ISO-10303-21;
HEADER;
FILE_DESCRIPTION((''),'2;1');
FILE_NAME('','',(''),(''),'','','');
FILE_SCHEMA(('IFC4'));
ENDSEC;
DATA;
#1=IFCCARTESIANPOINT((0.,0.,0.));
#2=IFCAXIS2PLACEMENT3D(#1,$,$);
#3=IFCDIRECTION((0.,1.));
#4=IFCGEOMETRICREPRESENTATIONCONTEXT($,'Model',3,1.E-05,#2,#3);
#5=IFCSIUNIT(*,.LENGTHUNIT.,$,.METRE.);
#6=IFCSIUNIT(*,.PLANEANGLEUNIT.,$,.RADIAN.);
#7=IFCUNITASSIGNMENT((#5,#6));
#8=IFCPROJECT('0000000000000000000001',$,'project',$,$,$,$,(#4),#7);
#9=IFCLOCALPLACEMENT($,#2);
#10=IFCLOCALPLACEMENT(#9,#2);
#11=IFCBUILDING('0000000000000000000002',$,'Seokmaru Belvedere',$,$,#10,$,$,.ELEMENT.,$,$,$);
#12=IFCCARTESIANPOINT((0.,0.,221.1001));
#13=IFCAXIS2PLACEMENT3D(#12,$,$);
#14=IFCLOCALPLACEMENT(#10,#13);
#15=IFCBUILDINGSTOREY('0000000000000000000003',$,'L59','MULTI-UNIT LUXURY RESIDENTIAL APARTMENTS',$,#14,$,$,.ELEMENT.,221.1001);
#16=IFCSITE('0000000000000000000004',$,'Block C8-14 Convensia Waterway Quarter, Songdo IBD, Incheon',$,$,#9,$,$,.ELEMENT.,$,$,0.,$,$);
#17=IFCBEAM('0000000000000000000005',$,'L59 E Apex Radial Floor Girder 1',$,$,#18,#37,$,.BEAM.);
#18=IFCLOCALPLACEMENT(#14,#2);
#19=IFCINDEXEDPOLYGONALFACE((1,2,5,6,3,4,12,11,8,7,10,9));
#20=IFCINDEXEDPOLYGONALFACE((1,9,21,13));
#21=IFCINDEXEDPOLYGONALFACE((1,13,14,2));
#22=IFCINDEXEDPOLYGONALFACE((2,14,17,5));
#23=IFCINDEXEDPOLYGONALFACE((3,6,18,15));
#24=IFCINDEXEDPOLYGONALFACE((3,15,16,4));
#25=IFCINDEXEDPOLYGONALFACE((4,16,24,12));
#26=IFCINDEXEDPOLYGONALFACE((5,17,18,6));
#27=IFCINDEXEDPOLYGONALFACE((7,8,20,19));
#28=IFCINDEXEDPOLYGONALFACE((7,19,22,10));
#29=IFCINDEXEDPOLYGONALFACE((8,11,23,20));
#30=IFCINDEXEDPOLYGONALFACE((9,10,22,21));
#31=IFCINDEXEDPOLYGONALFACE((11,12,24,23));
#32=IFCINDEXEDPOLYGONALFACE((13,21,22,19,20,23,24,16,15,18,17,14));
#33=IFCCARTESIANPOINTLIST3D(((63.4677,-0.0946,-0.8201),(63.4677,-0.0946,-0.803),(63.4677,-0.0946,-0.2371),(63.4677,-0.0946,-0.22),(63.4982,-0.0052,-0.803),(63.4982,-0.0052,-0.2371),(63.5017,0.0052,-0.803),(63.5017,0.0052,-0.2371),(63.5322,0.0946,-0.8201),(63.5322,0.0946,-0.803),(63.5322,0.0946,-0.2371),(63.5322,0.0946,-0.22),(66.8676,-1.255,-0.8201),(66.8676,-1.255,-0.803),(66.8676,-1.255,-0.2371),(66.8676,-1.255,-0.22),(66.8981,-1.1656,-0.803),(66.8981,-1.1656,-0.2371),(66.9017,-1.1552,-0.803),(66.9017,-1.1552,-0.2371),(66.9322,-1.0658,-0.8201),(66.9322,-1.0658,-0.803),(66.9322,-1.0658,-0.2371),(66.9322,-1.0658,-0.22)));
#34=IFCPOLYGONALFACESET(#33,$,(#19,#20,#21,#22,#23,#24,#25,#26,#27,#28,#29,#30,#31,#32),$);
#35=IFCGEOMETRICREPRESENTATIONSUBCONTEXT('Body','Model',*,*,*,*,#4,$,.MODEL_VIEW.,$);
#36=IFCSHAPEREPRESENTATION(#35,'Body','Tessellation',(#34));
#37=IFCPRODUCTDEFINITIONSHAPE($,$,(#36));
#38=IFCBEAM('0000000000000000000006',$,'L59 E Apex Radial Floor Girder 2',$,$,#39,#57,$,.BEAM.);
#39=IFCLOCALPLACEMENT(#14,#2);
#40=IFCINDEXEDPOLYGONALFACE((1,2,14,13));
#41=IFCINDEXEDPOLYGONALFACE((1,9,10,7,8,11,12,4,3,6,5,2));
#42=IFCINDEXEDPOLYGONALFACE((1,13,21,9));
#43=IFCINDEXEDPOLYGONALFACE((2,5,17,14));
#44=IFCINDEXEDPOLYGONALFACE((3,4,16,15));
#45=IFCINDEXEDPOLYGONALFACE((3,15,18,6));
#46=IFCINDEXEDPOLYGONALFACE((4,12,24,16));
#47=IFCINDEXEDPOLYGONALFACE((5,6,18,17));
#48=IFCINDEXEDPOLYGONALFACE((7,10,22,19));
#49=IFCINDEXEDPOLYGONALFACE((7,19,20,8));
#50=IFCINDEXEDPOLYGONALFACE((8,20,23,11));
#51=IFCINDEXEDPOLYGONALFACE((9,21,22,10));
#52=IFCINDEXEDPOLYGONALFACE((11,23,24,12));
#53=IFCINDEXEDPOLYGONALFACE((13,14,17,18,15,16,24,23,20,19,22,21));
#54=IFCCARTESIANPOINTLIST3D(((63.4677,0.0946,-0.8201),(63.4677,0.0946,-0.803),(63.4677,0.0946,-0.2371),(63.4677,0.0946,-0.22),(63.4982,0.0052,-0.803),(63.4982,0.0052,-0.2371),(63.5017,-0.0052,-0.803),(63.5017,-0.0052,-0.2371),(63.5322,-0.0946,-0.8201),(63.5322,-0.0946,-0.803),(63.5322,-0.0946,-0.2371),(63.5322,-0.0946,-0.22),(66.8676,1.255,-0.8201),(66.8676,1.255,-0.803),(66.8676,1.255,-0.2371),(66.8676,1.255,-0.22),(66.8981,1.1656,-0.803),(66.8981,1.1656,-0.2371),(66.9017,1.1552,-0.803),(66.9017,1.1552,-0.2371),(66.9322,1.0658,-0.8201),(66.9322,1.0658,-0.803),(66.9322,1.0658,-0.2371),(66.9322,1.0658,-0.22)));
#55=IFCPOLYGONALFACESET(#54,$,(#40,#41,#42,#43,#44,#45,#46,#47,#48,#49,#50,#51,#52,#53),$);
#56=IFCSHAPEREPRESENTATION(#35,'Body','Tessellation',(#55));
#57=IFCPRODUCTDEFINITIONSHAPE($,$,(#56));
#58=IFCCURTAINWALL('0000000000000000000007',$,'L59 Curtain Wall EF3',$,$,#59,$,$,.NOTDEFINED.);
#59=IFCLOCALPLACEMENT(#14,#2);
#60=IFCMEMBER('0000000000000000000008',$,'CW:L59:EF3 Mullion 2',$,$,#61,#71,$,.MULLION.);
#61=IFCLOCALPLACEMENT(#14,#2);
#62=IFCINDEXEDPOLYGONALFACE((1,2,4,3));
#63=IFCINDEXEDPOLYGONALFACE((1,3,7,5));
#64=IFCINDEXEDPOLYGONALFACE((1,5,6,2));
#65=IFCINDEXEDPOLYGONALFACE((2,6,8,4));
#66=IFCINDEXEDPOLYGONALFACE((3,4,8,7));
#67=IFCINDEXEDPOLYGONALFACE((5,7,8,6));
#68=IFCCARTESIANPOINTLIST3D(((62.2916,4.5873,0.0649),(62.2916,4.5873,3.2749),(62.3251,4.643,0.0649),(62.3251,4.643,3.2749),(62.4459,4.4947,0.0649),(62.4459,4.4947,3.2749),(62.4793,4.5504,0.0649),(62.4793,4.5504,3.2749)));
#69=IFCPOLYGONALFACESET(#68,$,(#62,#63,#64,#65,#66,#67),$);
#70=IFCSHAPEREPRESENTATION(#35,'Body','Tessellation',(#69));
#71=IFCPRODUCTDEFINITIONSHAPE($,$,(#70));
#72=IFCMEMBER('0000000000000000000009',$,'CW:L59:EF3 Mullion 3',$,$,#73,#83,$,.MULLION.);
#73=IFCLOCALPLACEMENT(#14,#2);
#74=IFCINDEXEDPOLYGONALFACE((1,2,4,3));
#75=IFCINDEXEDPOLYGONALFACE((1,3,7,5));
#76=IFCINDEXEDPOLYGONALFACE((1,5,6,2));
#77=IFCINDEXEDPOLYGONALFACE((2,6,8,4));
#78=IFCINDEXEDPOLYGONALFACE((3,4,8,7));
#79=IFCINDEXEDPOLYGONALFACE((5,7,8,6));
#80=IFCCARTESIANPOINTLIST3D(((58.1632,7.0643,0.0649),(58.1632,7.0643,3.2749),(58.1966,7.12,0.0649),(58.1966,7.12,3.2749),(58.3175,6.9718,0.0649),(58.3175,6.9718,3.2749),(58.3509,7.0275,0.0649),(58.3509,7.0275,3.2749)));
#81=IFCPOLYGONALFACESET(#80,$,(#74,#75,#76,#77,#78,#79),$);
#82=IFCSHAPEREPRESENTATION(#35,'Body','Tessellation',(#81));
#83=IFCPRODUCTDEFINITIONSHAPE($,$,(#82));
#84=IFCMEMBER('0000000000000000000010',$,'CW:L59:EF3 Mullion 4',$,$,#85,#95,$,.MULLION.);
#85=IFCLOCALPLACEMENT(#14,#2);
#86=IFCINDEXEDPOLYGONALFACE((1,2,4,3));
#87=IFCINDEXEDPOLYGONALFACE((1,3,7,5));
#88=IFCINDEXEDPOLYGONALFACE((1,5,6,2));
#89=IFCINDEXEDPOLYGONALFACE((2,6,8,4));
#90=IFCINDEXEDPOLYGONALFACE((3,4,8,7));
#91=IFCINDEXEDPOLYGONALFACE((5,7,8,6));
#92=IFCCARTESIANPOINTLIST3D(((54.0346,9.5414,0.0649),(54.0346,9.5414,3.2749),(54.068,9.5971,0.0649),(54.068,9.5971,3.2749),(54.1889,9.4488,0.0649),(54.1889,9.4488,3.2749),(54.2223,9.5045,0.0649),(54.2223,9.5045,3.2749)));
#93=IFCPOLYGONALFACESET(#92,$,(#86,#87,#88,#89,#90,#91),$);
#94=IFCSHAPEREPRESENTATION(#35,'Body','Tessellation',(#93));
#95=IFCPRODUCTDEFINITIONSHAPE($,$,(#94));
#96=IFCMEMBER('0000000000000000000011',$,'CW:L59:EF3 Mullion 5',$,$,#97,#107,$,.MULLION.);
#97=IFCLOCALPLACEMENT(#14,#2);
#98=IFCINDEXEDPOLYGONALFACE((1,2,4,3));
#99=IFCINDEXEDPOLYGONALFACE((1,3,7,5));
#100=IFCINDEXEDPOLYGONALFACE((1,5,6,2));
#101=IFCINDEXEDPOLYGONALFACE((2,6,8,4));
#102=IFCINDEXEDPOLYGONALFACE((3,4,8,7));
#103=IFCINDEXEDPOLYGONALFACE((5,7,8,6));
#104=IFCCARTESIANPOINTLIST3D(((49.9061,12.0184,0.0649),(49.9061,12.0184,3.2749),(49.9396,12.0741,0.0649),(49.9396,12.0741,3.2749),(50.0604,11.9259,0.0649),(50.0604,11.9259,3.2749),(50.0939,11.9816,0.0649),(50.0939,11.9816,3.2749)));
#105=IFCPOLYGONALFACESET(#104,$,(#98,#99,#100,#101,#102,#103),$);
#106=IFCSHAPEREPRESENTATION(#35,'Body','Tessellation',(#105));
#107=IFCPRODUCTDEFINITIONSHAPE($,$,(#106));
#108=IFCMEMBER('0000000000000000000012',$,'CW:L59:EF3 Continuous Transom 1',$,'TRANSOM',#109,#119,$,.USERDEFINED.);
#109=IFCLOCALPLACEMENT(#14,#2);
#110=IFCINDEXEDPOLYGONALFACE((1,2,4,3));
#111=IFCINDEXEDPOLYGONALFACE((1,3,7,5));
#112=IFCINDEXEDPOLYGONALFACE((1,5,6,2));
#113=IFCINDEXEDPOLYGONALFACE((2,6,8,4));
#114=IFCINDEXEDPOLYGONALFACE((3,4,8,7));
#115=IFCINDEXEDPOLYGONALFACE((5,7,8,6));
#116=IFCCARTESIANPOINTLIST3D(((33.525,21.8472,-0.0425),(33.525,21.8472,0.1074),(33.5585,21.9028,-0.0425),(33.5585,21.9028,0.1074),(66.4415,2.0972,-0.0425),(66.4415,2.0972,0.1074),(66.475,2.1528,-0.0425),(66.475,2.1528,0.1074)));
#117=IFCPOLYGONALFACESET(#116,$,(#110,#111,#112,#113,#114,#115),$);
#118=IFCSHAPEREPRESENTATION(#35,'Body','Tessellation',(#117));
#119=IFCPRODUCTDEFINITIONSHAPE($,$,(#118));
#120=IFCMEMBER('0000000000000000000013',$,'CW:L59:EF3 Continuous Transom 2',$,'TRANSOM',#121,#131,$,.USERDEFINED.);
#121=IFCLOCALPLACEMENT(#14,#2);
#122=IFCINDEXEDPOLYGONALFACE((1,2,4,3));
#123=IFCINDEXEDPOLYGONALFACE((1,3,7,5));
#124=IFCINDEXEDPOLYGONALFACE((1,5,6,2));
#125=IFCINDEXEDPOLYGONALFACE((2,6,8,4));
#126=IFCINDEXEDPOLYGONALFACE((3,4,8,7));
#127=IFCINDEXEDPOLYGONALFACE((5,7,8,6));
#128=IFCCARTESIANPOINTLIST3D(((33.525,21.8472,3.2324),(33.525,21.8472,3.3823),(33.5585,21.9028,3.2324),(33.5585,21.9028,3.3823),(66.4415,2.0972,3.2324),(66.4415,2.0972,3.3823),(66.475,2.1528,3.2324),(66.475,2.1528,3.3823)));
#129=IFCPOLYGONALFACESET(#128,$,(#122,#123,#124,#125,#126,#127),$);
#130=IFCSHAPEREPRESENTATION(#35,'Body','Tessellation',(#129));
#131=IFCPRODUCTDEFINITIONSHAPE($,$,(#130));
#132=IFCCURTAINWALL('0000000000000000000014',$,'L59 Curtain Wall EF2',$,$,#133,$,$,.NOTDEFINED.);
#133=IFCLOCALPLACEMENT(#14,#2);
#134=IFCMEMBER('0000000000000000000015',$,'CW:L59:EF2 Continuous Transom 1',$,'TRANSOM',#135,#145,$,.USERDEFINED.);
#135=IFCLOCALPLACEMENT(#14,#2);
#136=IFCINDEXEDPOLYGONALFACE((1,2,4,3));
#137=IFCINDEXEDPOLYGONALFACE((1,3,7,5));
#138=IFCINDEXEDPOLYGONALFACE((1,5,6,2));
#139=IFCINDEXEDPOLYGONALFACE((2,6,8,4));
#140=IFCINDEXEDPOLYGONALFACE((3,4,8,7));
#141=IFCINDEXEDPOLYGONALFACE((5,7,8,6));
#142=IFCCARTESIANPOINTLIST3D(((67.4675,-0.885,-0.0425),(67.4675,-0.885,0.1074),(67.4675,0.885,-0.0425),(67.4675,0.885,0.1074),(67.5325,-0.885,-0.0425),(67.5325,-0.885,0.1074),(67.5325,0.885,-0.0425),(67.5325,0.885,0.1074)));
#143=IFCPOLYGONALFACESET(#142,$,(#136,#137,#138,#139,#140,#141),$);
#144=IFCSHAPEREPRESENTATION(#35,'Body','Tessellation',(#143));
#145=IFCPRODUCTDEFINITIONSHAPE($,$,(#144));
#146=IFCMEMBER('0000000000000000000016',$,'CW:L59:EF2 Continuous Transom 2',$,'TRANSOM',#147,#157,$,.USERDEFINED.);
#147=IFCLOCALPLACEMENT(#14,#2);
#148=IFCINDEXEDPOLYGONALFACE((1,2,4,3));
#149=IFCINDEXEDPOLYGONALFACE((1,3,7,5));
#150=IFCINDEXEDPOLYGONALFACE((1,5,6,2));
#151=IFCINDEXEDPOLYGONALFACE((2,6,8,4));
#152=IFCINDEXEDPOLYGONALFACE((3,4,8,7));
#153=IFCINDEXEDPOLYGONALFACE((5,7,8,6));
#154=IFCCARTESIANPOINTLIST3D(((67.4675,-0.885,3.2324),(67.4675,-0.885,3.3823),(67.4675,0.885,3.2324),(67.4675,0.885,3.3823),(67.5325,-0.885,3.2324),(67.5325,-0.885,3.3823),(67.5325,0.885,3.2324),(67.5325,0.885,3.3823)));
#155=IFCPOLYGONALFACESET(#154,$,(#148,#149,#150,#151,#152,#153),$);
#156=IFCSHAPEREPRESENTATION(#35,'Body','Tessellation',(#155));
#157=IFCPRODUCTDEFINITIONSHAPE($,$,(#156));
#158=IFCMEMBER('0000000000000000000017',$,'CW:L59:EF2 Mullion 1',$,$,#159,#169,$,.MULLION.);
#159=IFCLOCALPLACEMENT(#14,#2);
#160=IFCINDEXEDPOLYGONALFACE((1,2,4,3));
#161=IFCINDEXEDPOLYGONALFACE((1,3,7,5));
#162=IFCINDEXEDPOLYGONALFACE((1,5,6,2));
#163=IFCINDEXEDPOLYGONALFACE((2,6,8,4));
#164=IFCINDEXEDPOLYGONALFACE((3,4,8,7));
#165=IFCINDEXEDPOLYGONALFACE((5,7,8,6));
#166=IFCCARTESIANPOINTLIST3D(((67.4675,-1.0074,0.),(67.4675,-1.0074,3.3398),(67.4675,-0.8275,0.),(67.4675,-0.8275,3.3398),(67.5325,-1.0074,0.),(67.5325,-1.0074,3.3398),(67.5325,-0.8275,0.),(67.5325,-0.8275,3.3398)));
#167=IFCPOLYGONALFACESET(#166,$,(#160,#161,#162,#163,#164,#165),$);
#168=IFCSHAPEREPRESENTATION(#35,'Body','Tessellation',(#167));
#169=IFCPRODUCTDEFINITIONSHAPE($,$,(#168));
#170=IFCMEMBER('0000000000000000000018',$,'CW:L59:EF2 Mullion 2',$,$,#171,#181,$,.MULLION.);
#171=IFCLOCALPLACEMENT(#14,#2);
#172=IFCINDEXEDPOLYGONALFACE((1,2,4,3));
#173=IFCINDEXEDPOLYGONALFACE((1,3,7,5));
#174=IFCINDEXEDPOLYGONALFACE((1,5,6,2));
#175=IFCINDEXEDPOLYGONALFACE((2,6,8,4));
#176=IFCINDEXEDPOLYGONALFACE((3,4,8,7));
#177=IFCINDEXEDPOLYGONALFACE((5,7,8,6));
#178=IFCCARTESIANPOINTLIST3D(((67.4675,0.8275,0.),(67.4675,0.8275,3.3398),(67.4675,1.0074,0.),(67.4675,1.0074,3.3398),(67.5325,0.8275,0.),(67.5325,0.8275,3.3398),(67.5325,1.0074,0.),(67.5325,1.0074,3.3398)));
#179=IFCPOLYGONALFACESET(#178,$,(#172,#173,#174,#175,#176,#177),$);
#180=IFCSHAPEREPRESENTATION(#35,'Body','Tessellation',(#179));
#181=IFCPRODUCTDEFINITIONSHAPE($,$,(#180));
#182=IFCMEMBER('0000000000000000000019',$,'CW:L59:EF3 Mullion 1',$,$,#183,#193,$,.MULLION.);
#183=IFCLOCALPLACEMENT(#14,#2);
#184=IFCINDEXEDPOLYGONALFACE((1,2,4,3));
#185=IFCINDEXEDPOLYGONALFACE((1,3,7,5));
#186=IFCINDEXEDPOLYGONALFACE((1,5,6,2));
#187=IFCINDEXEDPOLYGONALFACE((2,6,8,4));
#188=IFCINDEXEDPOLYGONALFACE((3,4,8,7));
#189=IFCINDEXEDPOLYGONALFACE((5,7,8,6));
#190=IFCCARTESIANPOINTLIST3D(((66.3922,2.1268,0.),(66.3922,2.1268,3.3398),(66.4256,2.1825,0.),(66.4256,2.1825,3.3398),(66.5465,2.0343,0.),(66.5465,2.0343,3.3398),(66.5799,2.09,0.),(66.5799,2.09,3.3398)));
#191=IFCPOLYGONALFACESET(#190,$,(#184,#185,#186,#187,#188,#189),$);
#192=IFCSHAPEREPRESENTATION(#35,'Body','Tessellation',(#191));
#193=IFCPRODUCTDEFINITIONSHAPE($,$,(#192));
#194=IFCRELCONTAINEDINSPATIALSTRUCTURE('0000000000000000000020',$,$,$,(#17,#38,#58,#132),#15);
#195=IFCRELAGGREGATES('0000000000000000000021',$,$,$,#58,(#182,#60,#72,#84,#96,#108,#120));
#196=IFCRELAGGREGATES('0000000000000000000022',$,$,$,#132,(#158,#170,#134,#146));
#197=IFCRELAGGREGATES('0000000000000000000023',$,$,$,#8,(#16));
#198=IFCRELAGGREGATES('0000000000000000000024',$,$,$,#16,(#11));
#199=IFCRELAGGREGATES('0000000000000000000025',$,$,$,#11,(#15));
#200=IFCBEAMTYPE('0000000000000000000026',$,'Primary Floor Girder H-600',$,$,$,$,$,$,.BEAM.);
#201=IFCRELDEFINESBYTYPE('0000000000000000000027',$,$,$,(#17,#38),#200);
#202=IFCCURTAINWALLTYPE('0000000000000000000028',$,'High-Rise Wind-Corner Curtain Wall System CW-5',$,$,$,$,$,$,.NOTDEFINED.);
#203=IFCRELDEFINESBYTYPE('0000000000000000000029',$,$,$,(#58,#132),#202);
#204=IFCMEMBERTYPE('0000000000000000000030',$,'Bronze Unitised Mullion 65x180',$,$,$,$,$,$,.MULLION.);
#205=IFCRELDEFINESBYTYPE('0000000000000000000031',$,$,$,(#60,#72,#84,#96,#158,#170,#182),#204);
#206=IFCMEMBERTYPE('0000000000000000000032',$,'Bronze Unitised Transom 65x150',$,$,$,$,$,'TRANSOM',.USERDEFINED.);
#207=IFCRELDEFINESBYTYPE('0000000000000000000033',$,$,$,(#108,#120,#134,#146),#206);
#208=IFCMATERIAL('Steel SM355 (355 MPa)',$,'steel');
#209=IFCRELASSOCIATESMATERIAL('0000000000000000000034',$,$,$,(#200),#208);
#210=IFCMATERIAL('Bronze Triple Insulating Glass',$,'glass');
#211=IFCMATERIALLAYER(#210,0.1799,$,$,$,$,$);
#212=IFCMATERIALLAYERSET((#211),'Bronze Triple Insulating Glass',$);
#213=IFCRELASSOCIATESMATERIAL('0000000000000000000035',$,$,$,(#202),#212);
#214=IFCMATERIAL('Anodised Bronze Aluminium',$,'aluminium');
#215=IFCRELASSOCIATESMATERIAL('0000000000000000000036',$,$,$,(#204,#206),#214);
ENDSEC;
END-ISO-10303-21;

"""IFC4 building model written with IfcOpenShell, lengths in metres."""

from ifc_helpers import new_model, si_unit, direction, frame, origin, origin_2d, place, context, subcontext, project, spatial, rectangle, i_section, extrude, source, transform, mapped, material, layer, layer_set, material_profile, profile_set, type_object, type_shapes, element, aggregate, save


model = new_model("IFC4")

# Units and contexts
model_context = context("Model", 3, precision=1e-05, world=origin(), true_north=direction((0.0, 1.0)))
body_context = subcontext(model_context, "Body", "Model", "MODEL_VIEW")
ifc_project = project(units=[si_unit("LENGTHUNIT", "METRE"), si_unit("PLANEANGLEUNIT", "RADIAN")], contexts=[model_context])

# Site, building, storey
site_placement = place(None, origin())
site = spatial("IfcSite", under=ifc_project, at=site_placement, Name="Block C8-14 Convensia Waterway Quarter, Songdo IBD, Incheon", CompositionType="ELEMENT", RefElevation=0.0)
building_placement = place(site_placement, origin())
building = spatial("IfcBuilding", under=site, at=building_placement, Name="Seokmaru Belvedere", CompositionType="ELEMENT")
storey_placement = place(building_placement, frame((0.0, 0.0, 221.1001)))
storey = spatial("IfcBuildingStorey", under=building, at=storey_placement, Name="L59", Description="MULTI-UNIT LUXURY RESIDENTIAL APARTMENTS", CompositionType="ELEMENT", Elevation=221.1001)

# Shared definitions
ifc_material_1 = material(Name="Steel SM355 (355 MPa)", Category="steel")

# Beams
ifc_material_profile_1 = material_profile(ifc_material_1, i_section(OverallWidth=0.2, OverallDepth=0.6001, WebThickness=0.011, FlangeThickness=0.0171, at=origin_2d()), Name="H-600x200x11x17")
ifc_profile_set_1 = profile_set([ifc_material_profile_1], Name="Steel SM355 (355 MPa)")
beam_type_1 = type_object("IfcBeamType", Name="Primary Floor Girder H-600", PredefinedType="BEAM", material=ifc_profile_set_1)
shared_shape_1 = source(origin(), body_context, "Body", "SweptSolid", [
    extrude(i_section(OverallWidth=0.2, OverallDepth=0.6001, WebThickness=0.011, FlangeThickness=0.0171, at=origin_2d()), origin(), (0.0, 0.0, 1.0), 3.5925),
])
for number, where, z_axis, x_axis, name in (
    (1, (66.8999, -1.1604, -0.52), (-0.946396, 0.323009, 0.0), (-0.323009, -0.946396, 0.0), "L59 E Apex Radial Floor Girder 1"),
    (2, (66.8999, 1.1604, -0.52), (-0.946396, -0.323009, 0.0), (0.323009, -0.946396, 0.0), "L59 E Apex Radial Floor Girder 2"),
):
    element("IfcBeam", number, at=place(storey_placement, frame(where, z_axis=z_axis, x_axis=x_axis)), inside=storey, type_object=beam_type_1, Name=name, PredefinedType="BEAM", context=body_context, shape_type="MappedRepresentation", body=[
        mapped(shared_shape_1, transform((0.0, 0.0, 0.0), scale=1.0)),
    ])

# Curtain walls, members
ifc_material_2 = material(Name="Bronze Triple Insulating Glass", Category="glass")
ifc_layer_1 = layer(ifc_material_2, 0.1799)
ifc_layer_set_1 = layer_set([ifc_layer_1], Name="Bronze Triple Insulating Glass")
curtain_wall_type = type_object("IfcCurtainWallType", Name="High-Rise Wind-Corner Curtain Wall System CW-5", PredefinedType="NOTDEFINED", material=ifc_layer_set_1)
curtain_wall_1_placement = place(storey_placement, origin())
curtain_wall_1 = element("IfcCurtainWall", 3, at=curtain_wall_1_placement, inside=storey, type_object=curtain_wall_type, Name="L59 Curtain Wall EF3", PredefinedType="NOTDEFINED")
ifc_material_3 = material(Name="Anodised Bronze Aluminium", Category="aluminium")
ifc_material_profile_2 = material_profile(ifc_material_3, rectangle(XDim=0.0649, YDim=0.1799, at=origin_2d()), Name="CW-M-65x180")
ifc_profile_set_2 = profile_set([ifc_material_profile_2], Name="Anodised Bronze Aluminium")
member_type_1 = type_object("IfcMemberType", Name="Bronze Unitised Mullion 65x180", PredefinedType="MULLION", material=ifc_profile_set_2)
shared_shape_2 = source(origin(), body_context, "Body", "SweptSolid", [
    extrude(rectangle(XDim=0.0649, YDim=0.1799, at=origin_2d()), origin(), (0.0, 0.0, 1.0), 3.21),
])
member_1_placement = place(storey_placement, frame((62.3855, 4.5688, 0.0649), z_axis=(0.0, 0.0, 1.0), x_axis=(-0.514495, -0.857493, 0.0)))
member_1 = element("IfcMember", 4, at=member_1_placement, type_object=member_type_1, Name="CW:L59:EF3 Mullion 2", PredefinedType="MULLION", context=body_context, shape_type="MappedRepresentation", body=[
    mapped(shared_shape_2, transform((0.0, 0.0, 0.0), scale=1.0)),
])
member_2_placement = place(storey_placement, frame((58.2571, 7.0459, 0.0649), z_axis=(0.0, 0.0, 1.0), x_axis=(-0.514495, -0.857493, 0.0)))
member_2 = element("IfcMember", 5, at=member_2_placement, type_object=member_type_1, Name="CW:L59:EF3 Mullion 3", PredefinedType="MULLION", context=body_context, shape_type="MappedRepresentation", body=[
    mapped(shared_shape_2, transform((0.0, 0.0, 0.0), scale=1.0)),
])
member_3_placement = place(storey_placement, frame((54.1284, 9.5229, 0.0649), z_axis=(0.0, 0.0, 1.0), x_axis=(-0.514495, -0.857493, 0.0)))
member_3 = element("IfcMember", 6, at=member_3_placement, type_object=member_type_1, Name="CW:L59:EF3 Mullion 4", PredefinedType="MULLION", context=body_context, shape_type="MappedRepresentation", body=[
    mapped(shared_shape_2, transform((0.0, 0.0, 0.0), scale=1.0)),
])
member_4_placement = place(storey_placement, frame((50.0, 12.0, 0.0649), z_axis=(0.0, 0.0, 1.0), x_axis=(-0.514495, -0.857493, 0.0)))
member_4 = element("IfcMember", 7, at=member_4_placement, type_object=member_type_1, Name="CW:L59:EF3 Mullion 5", PredefinedType="MULLION", context=body_context, shape_type="MappedRepresentation", body=[
    mapped(shared_shape_2, transform((0.0, 0.0, 0.0), scale=1.0)),
])
ifc_material_profile_3 = material_profile(ifc_material_3, rectangle(XDim=0.0649, YDim=0.1499, at=origin_2d()), Name="CW-T-65x150")
ifc_profile_set_3 = profile_set([ifc_material_profile_3], Name="Anodised Bronze Aluminium")
member_type_2 = type_object("IfcMemberType", Name="Bronze Unitised Transom 65x150", ElementType="TRANSOM", PredefinedType="USERDEFINED", material=ifc_profile_set_3)
shared_shape_3 = source(origin(), body_context, "Body", "SweptSolid", [
    extrude(rectangle(XDim=0.0649, YDim=0.1499, at=origin_2d()), origin(), (0.0, 0.0, 1.0), 38.387),
])
member_5_placement = place(storey_placement, frame((66.4583, 2.125, 0.0325), z_axis=(-0.857492, 0.514498, 0.0), x_axis=(-0.514498, -0.857492, 0.0)))
member_5 = element("IfcMember", 8, at=member_5_placement, type_object=member_type_2, Name="CW:L59:EF3 Continuous Transom 1", ObjectType="TRANSOM", PredefinedType="USERDEFINED", context=body_context, shape_type="MappedRepresentation", body=[
    mapped(shared_shape_3, transform((0.0, 0.0, 0.0), scale=1.0)),
])
member_6_placement = place(storey_placement, frame((66.4583, 2.125, 3.3074), z_axis=(-0.857492, 0.514498, 0.0), x_axis=(-0.514498, -0.857492, 0.0)))
member_6 = element("IfcMember", 9, at=member_6_placement, type_object=member_type_2, Name="CW:L59:EF3 Continuous Transom 2", ObjectType="TRANSOM", PredefinedType="USERDEFINED", context=body_context, shape_type="MappedRepresentation", body=[
    mapped(shared_shape_3, transform((0.0, 0.0, 0.0), scale=1.0)),
])
curtain_wall_2_placement = place(storey_placement, origin())
curtain_wall_2 = element("IfcCurtainWall", 10, at=curtain_wall_2_placement, inside=storey, type_object=curtain_wall_type, Name="L59 Curtain Wall EF2", PredefinedType="NOTDEFINED")
shared_shape_4 = source(origin(), body_context, "Body", "SweptSolid", [
    extrude(rectangle(XDim=0.0649, YDim=0.1499, at=origin_2d()), origin(), (0.0, 0.0, 1.0), 1.77),
])
type_shapes(member_type_2, [shared_shape_3, shared_shape_4])
member_7_placement = place(storey_placement, frame((67.5, -0.885, 0.0325), z_axis=(0.0, 1.0, 0.0), x_axis=(-1.0, 0.0, 0.0)))
member_7 = element("IfcMember", 11, at=member_7_placement, type_object=member_type_2, Name="CW:L59:EF2 Continuous Transom 1", ObjectType="TRANSOM", PredefinedType="USERDEFINED", context=body_context, shape_type="MappedRepresentation", body=[
    mapped(shared_shape_4, transform((0.0, 0.0, 0.0), scale=1.0)),
])
member_8_placement = place(storey_placement, frame((67.5, -0.885, 3.3074), z_axis=(0.0, 1.0, 0.0), x_axis=(-1.0, 0.0, 0.0)))
member_8 = element("IfcMember", 12, at=member_8_placement, type_object=member_type_2, Name="CW:L59:EF2 Continuous Transom 2", ObjectType="TRANSOM", PredefinedType="USERDEFINED", context=body_context, shape_type="MappedRepresentation", body=[
    mapped(shared_shape_4, transform((0.0, 0.0, 0.0), scale=1.0)),
])
shared_shape_5 = source(origin(), body_context, "Body", "SweptSolid", [
    extrude(rectangle(XDim=0.0649, YDim=0.1799, at=origin_2d()), origin(), (0.0, 0.0, 1.0), 3.3398),
])
type_shapes(member_type_1, [shared_shape_2, shared_shape_5])
member_9_placement = place(storey_placement, frame((67.5, -0.9175, 0.0), z_axis=(0.0, 0.0, 1.0), x_axis=(-1.0, 0.0, 0.0)))
member_9 = element("IfcMember", 13, at=member_9_placement, type_object=member_type_1, Name="CW:L59:EF2 Mullion 1", PredefinedType="MULLION", context=body_context, shape_type="MappedRepresentation", body=[
    mapped(shared_shape_5, transform((0.0, 0.0, 0.0), scale=1.0)),
])
member_10_placement = place(storey_placement, frame((67.5, 0.9175, 0.0), z_axis=(0.0, 0.0, 1.0), x_axis=(-1.0, 0.0, 0.0)))
member_10 = element("IfcMember", 14, at=member_10_placement, type_object=member_type_1, Name="CW:L59:EF2 Mullion 2", PredefinedType="MULLION", context=body_context, shape_type="MappedRepresentation", body=[
    mapped(shared_shape_5, transform((0.0, 0.0, 0.0), scale=1.0)),
])

# Member
member_11_placement = place(storey_placement, frame((66.4861, 2.1084, 0.0), z_axis=(0.0, 0.0, 1.0), x_axis=(-0.514495, -0.857493, 0.0)))
member_11 = element("IfcMember", 15, at=member_11_placement, type_object=member_type_1, Name="CW:L59:EF3 Mullion 1", PredefinedType="MULLION", context=body_context, shape_type="MappedRepresentation", body=[
    mapped(shared_shape_5, transform((0.0, 0.0, 0.0), scale=1.0)),
])

aggregate(curtain_wall_1, [member_11, member_1, member_2, member_3, member_4, member_5, member_6])
aggregate(curtain_wall_2, [member_9, member_10, member_7, member_8])

save(model, "model.ifc")
